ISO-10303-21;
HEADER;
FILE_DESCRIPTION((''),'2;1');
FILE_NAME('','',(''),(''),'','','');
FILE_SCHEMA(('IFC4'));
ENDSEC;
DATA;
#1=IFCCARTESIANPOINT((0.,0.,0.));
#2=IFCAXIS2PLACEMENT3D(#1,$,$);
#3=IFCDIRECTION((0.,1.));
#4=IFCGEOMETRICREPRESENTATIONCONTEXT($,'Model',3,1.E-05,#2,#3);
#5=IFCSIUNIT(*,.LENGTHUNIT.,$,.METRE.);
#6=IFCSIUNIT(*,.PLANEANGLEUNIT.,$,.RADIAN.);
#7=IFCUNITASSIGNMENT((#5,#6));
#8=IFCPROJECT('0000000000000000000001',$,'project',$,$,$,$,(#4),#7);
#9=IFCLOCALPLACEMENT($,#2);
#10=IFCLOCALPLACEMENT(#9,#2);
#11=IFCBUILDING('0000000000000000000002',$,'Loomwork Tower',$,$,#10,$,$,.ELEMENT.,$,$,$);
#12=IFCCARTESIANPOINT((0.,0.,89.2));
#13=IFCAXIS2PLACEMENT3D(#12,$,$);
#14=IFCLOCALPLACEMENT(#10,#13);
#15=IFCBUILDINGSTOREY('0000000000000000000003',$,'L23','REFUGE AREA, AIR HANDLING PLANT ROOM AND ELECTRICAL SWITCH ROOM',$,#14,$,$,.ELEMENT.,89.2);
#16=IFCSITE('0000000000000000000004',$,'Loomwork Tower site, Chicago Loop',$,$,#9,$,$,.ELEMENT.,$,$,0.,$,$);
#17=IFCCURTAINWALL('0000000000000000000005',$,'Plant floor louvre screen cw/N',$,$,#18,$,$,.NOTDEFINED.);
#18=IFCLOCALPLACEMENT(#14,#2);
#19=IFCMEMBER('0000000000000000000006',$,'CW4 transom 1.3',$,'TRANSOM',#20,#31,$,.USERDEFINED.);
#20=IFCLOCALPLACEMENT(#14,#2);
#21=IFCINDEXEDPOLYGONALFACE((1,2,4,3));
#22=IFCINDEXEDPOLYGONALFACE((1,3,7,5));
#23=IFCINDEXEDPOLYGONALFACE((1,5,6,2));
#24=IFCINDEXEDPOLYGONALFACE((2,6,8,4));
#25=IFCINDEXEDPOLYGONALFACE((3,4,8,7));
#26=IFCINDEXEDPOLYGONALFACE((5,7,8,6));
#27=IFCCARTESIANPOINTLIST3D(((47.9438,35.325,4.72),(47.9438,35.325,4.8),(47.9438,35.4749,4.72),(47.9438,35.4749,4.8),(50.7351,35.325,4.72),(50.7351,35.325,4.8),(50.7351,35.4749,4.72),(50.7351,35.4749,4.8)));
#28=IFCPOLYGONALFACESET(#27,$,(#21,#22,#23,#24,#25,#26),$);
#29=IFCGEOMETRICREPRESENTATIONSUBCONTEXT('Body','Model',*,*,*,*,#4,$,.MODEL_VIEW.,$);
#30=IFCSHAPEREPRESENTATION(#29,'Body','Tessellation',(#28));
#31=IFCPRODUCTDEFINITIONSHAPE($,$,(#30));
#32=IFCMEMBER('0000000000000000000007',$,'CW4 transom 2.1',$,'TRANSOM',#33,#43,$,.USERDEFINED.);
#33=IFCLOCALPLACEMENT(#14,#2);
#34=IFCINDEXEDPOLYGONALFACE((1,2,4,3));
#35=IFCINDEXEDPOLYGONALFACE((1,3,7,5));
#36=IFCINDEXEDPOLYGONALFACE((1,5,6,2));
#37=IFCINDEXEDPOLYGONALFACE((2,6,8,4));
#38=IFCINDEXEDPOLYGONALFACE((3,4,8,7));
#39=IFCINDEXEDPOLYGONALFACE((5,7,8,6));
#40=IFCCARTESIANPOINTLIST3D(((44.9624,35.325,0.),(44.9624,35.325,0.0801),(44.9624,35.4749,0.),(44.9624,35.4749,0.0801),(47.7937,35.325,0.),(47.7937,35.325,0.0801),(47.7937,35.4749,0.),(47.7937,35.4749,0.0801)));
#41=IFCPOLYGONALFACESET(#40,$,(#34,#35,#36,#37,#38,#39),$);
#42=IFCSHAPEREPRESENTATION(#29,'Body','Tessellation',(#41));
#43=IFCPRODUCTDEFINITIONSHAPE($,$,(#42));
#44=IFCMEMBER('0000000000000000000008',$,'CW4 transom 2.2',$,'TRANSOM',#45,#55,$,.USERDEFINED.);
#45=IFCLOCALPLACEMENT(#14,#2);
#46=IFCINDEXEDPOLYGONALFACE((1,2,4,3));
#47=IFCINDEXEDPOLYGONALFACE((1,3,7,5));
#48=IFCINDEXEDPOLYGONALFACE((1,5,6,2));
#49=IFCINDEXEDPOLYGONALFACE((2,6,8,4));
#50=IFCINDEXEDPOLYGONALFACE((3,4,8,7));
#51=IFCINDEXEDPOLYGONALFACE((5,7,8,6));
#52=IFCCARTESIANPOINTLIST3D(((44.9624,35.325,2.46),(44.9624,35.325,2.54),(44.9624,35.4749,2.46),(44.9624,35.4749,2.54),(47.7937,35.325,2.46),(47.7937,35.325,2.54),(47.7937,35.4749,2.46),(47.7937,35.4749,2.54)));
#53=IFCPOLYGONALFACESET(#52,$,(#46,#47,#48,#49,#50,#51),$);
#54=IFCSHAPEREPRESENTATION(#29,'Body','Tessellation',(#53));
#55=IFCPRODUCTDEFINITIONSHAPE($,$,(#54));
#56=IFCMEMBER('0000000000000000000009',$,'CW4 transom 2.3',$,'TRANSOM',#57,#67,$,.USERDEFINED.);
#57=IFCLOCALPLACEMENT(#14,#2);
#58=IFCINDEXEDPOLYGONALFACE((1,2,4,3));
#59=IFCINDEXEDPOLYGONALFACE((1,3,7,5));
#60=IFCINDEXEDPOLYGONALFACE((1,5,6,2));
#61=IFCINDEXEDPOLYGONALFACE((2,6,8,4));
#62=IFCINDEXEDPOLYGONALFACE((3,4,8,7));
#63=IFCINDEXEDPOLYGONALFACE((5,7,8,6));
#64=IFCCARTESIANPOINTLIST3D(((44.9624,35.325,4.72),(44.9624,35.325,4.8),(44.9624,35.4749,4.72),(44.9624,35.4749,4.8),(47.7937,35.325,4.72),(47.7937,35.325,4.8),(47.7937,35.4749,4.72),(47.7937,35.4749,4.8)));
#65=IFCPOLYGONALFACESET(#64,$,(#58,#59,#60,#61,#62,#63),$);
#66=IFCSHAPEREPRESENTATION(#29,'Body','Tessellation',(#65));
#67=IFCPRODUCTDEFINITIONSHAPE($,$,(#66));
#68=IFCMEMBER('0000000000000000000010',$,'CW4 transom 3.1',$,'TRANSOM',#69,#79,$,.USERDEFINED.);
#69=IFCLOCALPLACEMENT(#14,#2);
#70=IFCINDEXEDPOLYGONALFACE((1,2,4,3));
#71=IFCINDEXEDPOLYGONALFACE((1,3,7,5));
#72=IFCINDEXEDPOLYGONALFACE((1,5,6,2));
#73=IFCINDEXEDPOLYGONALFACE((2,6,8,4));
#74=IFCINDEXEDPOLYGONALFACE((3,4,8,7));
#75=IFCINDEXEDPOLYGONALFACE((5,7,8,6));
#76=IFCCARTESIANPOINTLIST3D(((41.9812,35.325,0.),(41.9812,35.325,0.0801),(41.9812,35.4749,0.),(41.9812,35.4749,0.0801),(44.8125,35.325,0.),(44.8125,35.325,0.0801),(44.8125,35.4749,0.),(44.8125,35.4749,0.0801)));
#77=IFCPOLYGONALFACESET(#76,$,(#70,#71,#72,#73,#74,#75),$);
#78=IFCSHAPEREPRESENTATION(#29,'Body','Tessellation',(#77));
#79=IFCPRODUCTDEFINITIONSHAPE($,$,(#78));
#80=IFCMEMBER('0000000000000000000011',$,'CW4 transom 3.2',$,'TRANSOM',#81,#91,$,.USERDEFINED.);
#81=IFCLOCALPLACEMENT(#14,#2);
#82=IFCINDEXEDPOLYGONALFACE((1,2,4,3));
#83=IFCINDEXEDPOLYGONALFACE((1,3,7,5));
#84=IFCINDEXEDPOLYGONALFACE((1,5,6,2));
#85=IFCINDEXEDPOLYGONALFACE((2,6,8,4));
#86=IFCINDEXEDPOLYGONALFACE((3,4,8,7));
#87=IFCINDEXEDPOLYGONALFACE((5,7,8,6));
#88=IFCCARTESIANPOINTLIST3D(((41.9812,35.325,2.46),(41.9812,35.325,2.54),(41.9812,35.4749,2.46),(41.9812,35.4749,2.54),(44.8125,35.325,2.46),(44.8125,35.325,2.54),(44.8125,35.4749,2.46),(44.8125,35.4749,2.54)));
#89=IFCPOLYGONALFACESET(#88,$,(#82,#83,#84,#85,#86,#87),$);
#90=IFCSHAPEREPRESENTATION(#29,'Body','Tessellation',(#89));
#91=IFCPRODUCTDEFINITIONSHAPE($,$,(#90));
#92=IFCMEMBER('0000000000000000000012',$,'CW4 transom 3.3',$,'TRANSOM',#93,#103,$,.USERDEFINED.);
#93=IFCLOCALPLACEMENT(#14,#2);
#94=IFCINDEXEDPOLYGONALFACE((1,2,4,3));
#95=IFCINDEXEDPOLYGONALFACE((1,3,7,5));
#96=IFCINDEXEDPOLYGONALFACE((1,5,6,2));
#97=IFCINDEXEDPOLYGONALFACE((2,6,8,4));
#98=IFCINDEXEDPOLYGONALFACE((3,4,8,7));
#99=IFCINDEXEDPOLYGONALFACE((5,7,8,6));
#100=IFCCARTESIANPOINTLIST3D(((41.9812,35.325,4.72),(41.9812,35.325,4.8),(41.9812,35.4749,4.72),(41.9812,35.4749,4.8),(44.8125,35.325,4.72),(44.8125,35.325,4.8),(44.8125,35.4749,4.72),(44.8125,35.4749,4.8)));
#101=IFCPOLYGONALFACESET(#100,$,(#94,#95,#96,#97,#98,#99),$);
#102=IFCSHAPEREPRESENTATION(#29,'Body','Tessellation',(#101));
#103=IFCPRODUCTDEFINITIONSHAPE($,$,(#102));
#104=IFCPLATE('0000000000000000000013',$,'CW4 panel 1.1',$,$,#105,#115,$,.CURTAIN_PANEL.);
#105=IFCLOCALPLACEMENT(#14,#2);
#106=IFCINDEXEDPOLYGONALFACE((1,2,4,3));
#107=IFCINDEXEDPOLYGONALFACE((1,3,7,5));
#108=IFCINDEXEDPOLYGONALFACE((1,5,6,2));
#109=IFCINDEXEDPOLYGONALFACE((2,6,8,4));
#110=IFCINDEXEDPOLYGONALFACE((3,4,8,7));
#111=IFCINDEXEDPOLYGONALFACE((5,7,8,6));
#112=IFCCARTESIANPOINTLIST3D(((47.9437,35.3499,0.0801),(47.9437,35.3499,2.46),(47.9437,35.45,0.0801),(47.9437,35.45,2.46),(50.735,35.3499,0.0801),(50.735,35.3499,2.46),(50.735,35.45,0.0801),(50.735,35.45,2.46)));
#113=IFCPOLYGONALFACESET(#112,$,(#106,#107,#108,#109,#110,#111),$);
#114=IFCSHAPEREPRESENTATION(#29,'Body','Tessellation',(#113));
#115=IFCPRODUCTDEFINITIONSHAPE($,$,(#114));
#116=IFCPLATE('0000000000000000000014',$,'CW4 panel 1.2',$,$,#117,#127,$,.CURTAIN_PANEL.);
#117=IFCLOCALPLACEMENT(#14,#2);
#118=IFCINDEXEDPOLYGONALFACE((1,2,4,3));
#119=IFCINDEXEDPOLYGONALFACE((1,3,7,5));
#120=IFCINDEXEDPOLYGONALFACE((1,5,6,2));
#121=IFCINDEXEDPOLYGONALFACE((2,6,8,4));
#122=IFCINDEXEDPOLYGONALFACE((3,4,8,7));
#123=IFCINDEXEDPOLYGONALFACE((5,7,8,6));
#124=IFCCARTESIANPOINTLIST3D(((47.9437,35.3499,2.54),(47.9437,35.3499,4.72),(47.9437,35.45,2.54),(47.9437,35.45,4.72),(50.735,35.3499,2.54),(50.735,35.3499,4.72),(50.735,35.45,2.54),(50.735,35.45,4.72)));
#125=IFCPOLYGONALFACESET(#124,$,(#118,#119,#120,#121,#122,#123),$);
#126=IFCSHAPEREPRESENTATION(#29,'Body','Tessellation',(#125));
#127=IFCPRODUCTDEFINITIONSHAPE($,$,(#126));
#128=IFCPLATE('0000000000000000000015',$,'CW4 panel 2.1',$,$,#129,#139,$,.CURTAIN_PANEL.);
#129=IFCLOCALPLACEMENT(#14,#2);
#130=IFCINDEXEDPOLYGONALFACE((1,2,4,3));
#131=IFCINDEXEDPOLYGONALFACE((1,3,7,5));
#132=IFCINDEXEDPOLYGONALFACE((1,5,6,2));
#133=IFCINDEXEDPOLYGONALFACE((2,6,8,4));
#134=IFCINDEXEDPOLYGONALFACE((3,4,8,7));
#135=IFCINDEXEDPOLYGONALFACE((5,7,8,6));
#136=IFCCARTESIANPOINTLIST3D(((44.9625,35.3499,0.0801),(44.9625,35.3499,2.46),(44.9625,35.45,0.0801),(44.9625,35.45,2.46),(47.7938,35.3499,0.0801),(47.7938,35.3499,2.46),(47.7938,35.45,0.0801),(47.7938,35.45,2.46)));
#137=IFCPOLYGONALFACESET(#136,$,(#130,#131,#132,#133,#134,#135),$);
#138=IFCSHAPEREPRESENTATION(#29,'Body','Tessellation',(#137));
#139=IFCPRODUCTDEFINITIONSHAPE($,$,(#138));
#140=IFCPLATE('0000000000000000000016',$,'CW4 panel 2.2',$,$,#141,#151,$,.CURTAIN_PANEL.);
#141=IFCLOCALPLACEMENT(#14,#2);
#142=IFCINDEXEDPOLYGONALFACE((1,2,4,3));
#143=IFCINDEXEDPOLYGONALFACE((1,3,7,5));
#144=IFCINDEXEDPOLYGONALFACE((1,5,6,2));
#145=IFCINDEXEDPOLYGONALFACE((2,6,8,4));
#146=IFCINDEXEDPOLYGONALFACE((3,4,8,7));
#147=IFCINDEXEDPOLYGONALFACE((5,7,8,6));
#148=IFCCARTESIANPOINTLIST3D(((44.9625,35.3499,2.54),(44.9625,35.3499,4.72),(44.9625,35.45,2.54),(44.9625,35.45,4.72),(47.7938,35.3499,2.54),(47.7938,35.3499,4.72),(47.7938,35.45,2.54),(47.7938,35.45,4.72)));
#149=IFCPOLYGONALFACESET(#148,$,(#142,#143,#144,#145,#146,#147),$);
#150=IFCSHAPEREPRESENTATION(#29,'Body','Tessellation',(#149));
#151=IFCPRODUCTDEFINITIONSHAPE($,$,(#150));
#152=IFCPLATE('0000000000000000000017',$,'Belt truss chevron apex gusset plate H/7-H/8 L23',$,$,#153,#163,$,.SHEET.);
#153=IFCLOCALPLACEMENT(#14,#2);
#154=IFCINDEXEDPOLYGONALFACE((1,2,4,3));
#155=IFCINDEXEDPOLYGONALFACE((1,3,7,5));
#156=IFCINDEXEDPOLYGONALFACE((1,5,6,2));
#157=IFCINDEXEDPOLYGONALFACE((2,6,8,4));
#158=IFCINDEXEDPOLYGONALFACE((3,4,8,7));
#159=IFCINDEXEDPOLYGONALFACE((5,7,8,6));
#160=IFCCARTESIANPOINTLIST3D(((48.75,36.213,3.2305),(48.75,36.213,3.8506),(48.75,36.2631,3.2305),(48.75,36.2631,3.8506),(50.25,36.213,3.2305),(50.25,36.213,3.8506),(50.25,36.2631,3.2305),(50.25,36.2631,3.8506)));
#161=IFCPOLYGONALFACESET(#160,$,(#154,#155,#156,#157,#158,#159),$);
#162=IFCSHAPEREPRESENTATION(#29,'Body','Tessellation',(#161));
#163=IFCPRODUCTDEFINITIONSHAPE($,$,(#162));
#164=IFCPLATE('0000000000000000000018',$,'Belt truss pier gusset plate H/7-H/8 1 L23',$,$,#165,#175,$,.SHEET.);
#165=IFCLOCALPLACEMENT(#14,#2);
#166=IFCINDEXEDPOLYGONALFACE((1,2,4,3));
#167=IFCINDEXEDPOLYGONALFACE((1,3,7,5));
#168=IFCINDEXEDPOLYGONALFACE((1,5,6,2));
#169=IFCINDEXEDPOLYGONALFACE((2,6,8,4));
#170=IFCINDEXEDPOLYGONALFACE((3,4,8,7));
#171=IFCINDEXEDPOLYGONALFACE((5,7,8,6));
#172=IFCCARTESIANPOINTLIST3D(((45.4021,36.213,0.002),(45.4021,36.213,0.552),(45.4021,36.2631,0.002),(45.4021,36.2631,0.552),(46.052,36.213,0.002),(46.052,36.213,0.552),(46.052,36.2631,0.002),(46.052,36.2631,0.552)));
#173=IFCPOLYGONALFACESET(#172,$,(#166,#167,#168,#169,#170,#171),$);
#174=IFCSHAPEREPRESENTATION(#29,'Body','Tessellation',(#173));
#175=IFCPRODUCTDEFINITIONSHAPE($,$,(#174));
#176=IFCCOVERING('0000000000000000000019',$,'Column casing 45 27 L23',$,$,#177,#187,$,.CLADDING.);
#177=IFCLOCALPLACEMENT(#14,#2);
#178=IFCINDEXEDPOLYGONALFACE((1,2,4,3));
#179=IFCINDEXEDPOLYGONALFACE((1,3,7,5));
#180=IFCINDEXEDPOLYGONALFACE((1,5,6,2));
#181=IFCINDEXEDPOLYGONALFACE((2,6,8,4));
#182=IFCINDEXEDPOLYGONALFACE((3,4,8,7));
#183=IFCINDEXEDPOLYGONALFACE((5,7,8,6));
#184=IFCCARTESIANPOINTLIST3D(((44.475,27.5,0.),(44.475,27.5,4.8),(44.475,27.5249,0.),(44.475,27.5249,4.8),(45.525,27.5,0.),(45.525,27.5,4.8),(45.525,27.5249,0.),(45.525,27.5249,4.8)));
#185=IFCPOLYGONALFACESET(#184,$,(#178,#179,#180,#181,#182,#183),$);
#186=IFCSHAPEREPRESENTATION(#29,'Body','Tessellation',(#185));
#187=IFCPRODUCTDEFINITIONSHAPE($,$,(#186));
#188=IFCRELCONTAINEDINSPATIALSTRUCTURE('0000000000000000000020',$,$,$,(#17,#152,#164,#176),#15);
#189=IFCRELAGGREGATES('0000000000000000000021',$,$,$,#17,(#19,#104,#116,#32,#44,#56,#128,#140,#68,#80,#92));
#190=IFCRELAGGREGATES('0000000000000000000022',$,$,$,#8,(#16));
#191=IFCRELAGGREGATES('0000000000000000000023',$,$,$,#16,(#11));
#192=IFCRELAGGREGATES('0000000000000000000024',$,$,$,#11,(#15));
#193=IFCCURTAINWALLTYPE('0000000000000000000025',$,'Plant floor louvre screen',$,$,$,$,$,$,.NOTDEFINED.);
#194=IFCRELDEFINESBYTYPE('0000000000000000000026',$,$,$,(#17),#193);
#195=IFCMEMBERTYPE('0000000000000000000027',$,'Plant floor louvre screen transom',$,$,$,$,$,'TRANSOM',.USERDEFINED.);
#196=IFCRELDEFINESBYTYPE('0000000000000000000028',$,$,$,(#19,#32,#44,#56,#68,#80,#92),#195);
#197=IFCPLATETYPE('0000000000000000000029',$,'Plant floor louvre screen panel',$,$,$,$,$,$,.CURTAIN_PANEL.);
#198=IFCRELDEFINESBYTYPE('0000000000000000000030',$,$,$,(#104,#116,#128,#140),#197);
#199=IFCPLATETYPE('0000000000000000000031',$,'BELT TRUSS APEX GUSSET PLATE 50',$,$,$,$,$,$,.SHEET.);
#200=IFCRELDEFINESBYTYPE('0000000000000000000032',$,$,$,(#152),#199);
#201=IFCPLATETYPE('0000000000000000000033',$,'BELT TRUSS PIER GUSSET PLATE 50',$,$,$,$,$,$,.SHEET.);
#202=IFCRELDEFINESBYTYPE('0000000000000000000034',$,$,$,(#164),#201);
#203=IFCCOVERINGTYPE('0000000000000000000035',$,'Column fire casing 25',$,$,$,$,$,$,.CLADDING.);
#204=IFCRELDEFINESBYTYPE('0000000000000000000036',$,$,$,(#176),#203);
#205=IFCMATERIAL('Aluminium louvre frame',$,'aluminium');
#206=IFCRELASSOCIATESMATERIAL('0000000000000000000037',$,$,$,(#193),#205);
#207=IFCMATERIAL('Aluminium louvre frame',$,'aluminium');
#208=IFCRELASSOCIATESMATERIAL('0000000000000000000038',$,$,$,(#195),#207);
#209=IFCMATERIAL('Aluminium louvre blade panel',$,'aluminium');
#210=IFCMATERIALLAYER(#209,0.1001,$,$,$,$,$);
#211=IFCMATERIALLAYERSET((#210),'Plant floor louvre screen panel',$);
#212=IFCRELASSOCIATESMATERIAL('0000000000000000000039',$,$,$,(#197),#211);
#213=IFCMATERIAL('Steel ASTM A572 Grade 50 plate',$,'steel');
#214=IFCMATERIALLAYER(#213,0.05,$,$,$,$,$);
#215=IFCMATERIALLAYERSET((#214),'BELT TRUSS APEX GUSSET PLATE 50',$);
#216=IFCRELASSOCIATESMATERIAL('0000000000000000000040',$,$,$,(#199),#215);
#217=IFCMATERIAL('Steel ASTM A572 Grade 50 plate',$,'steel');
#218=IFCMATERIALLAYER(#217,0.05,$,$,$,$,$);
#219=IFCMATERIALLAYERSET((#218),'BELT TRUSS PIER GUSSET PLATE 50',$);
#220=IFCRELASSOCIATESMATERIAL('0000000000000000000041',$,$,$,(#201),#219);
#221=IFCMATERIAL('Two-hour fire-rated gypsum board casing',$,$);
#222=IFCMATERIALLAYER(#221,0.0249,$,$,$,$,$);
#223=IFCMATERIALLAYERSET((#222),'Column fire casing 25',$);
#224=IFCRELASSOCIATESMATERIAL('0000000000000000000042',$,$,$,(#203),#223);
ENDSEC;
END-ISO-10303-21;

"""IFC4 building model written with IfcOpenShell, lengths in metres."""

from ifc_helpers import new_model, si_unit, direction, frame, origin, origin_2d, place, context, subcontext, project, spatial, rectangle, extrude, material, layer, layer_set, material_profile, profile_set, type_object, element, aggregate, save


model = new_model("IFC4")

# Units and contexts
model_context = context("Model", 3, precision=1e-05, world=origin(), true_north=direction((0.0, 1.0)))
body_context = subcontext(model_context, "Body", "Model", "MODEL_VIEW")
ifc_project = project(units=[si_unit("LENGTHUNIT", "METRE"), si_unit("PLANEANGLEUNIT", "RADIAN")], contexts=[model_context])

# Site, building, storey
site_placement = place(None, origin())
site = spatial("IfcSite", under=ifc_project, at=site_placement, Name="Loomwork Tower site, Chicago Loop", CompositionType="ELEMENT", RefElevation=0.0)
building_placement = place(site_placement, origin())
building = spatial("IfcBuilding", under=site, at=building_placement, Name="Loomwork Tower", CompositionType="ELEMENT")
storey_placement = place(building_placement, frame((0.0, 0.0, 89.2)))
storey = spatial("IfcBuildingStorey", under=building, at=storey_placement, Name="L23", Description="REFUGE AREA, AIR HANDLING PLANT ROOM AND ELECTRICAL SWITCH ROOM", CompositionType="ELEMENT", Elevation=89.2)

# Curtain wall, members, plates
ifc_material_1 = material(Name="Aluminium louvre frame", Category="aluminium")
curtain_wall_type = type_object("IfcCurtainWallType", Name="Plant floor louvre screen", PredefinedType="NOTDEFINED", material=ifc_material_1)
curtain_wall_placement = place(storey_placement, origin())
curtain_wall = element("IfcCurtainWall", 1, at=curtain_wall_placement, inside=storey, type_object=curtain_wall_type, Name="Plant floor louvre screen cw/N", PredefinedType="NOTDEFINED")
ifc_material_2 = material(Name="Aluminium louvre frame", Category="aluminium")
ifc_material_profile_1 = material_profile(ifc_material_2, rectangle(XDim=0.1499, YDim=0.0801, at=origin_2d()), Name="AL 80x150")
ifc_profile_set_1 = profile_set([ifc_material_profile_1], Name="Aluminium louvre frame")
member_type_1 = type_object("IfcMemberType", Name="Plant floor louvre screen transom", ElementType="TRANSOM", PredefinedType="USERDEFINED", material=ifc_profile_set_1)
member_1_placement = place(storey_placement, frame((50.7351, 35.3999, 4.76), z_axis=(-1.0, 0.0, 0.0), x_axis=(0.0, -1.0, 0.0)))
member_1 = element("IfcMember", 2, at=member_1_placement, type_object=member_type_1, Name="CW4 transom 1.3", ObjectType="TRANSOM", PredefinedType="USERDEFINED", context=body_context, shape_type="SweptSolid", body=[
    extrude(rectangle(XDim=0.1499, YDim=0.0801, at=origin_2d()), origin(), (0.0, 0.0, 1.0), 2.7913),
])
member_2_placement = place(storey_placement, frame((47.7937, 35.3999, 0.04), z_axis=(-1.0, 0.0, 0.0), x_axis=(0.0, -1.0, 0.0)))
member_2 = element("IfcMember", 3, at=member_2_placement, type_object=member_type_1, Name="CW4 transom 2.1", ObjectType="TRANSOM", PredefinedType="USERDEFINED", context=body_context, shape_type="SweptSolid", body=[
    extrude(rectangle(XDim=0.1499, YDim=0.0801, at=origin_2d()), origin(), (0.0, 0.0, 1.0), 2.8313),
])
member_3_placement = place(storey_placement, frame((47.7937, 35.3999, 2.5), z_axis=(-1.0, 0.0, 0.0), x_axis=(0.0, -1.0, 0.0)))
member_3 = element("IfcMember", 4, at=member_3_placement, type_object=member_type_1, Name="CW4 transom 2.2", ObjectType="TRANSOM", PredefinedType="USERDEFINED", context=body_context, shape_type="SweptSolid", body=[
    extrude(rectangle(XDim=0.1499, YDim=0.0801, at=origin_2d()), origin(), (0.0, 0.0, 1.0), 2.8313),
])
member_4_placement = place(storey_placement, frame((47.7937, 35.3999, 4.76), z_axis=(-1.0, 0.0, 0.0), x_axis=(0.0, -1.0, 0.0)))
member_4 = element("IfcMember", 5, at=member_4_placement, type_object=member_type_1, Name="CW4 transom 2.3", ObjectType="TRANSOM", PredefinedType="USERDEFINED", context=body_context, shape_type="SweptSolid", body=[
    extrude(rectangle(XDim=0.1499, YDim=0.0801, at=origin_2d()), origin(), (0.0, 0.0, 1.0), 2.8313),
])
member_5_placement = place(storey_placement, frame((44.8125, 35.3999, 0.04), z_axis=(-1.0, 0.0, 0.0), x_axis=(0.0, -1.0, 0.0)))
member_5 = element("IfcMember", 6, at=member_5_placement, type_object=member_type_1, Name="CW4 transom 3.1", ObjectType="TRANSOM", PredefinedType="USERDEFINED", context=body_context, shape_type="SweptSolid", body=[
    extrude(rectangle(XDim=0.1499, YDim=0.0801, at=origin_2d()), origin(), (0.0, 0.0, 1.0), 2.8313),
])
member_6_placement = place(storey_placement, frame((44.8125, 35.3999, 2.5), z_axis=(-1.0, 0.0, 0.0), x_axis=(0.0, -1.0, 0.0)))
member_6 = element("IfcMember", 7, at=member_6_placement, type_object=member_type_1, Name="CW4 transom 3.2", ObjectType="TRANSOM", PredefinedType="USERDEFINED", context=body_context, shape_type="SweptSolid", body=[
    extrude(rectangle(XDim=0.1499, YDim=0.0801, at=origin_2d()), origin(), (0.0, 0.0, 1.0), 2.8313),
])
member_7_placement = place(storey_placement, frame((44.8125, 35.3999, 4.76), z_axis=(-1.0, 0.0, 0.0), x_axis=(0.0, -1.0, 0.0)))
member_7 = element("IfcMember", 8, at=member_7_placement, type_object=member_type_1, Name="CW4 transom 3.3", ObjectType="TRANSOM", PredefinedType="USERDEFINED", context=body_context, shape_type="SweptSolid", body=[
    extrude(rectangle(XDim=0.1499, YDim=0.0801, at=origin_2d()), origin(), (0.0, 0.0, 1.0), 2.8313),
])
ifc_material_3 = material(Name="Aluminium louvre blade panel", Category="aluminium")
ifc_layer_1 = layer(ifc_material_3, 0.1001)
ifc_layer_set_1 = layer_set([ifc_layer_1], Name="Plant floor louvre screen panel")
plate_type_1 = type_object("IfcPlateType", Name="Plant floor louvre screen panel", PredefinedType="CURTAIN_PANEL", material=ifc_layer_set_1)
plate_1_placement = place(storey_placement, frame((49.3394, 35.3999, 0.0801), z_axis=(0.0, 0.0, 1.0), x_axis=(-1.0, 0.0, 0.0)))
plate_1 = element("IfcPlate", 9, at=plate_1_placement, type_object=plate_type_1, Name="CW4 panel 1.1", PredefinedType="CURTAIN_PANEL", context=body_context, shape_type="SweptSolid", body=[
    extrude(rectangle(XDim=2.7913, YDim=0.1001, at=origin_2d()), origin(), (0.0, 0.0, 1.0), 2.3799),
])
plate_2_placement = place(storey_placement, frame((49.3394, 35.3999, 2.54), z_axis=(0.0, 0.0, 1.0), x_axis=(-1.0, 0.0, 0.0)))
plate_2 = element("IfcPlate", 10, at=plate_2_placement, type_object=plate_type_1, Name="CW4 panel 1.2", PredefinedType="CURTAIN_PANEL", context=body_context, shape_type="SweptSolid", body=[
    extrude(rectangle(XDim=2.7913, YDim=0.1001, at=origin_2d()), origin(), (0.0, 0.0, 1.0), 2.1799),
])
plate_3_placement = place(storey_placement, frame((46.3782, 35.3999, 0.0801), z_axis=(0.0, 0.0, 1.0), x_axis=(-1.0, 0.0, 0.0)))
plate_3 = element("IfcPlate", 11, at=plate_3_placement, type_object=plate_type_1, Name="CW4 panel 2.1", PredefinedType="CURTAIN_PANEL", context=body_context, shape_type="SweptSolid", body=[
    extrude(rectangle(XDim=2.8313, YDim=0.1001, at=origin_2d()), origin(), (0.0, 0.0, 1.0), 2.3799),
])
plate_4_placement = place(storey_placement, frame((46.3782, 35.3999, 2.54), z_axis=(0.0, 0.0, 1.0), x_axis=(-1.0, 0.0, 0.0)))
plate_4 = element("IfcPlate", 12, at=plate_4_placement, type_object=plate_type_1, Name="CW4 panel 2.2", PredefinedType="CURTAIN_PANEL", context=body_context, shape_type="SweptSolid", body=[
    extrude(rectangle(XDim=2.8313, YDim=0.1001, at=origin_2d()), origin(), (0.0, 0.0, 1.0), 2.1799),
])
aggregate(curtain_wall, [member_1, plate_1, plate_2, member_2, member_3, member_4, plate_3, plate_4, member_5, member_6, member_7])

# Plates
ifc_material_4 = material(Name="Steel ASTM A572 Grade 50 plate", Category="steel")
ifc_layer_2 = layer(ifc_material_4, 0.05)
ifc_layer_set_2 = layer_set([ifc_layer_2], Name="BELT TRUSS APEX GUSSET PLATE 50")
plate_type_2 = type_object("IfcPlateType", Name="BELT TRUSS APEX GUSSET PLATE 50", PredefinedType="SHEET", material=ifc_layer_set_2)
plate_5_placement = place(storey_placement, frame((49.5, 36.238, 3.2305), z_axis=(0.0, 0.0, 1.0), x_axis=(1.0, 0.0, 0.0)))
element("IfcPlate", 13, at=plate_5_placement, inside=storey, type_object=plate_type_2, Name="Belt truss chevron apex gusset plate H/7-H/8 L23", PredefinedType="SHEET", context=body_context, shape_type="SweptSolid", body=[
    extrude(rectangle(XDim=1.5, YDim=0.05, at=origin_2d()), origin(), (0.0, 0.0, 1.0), 0.6201),
])
ifc_material_5 = material(Name="Steel ASTM A572 Grade 50 plate", Category="steel")
ifc_layer_3 = layer(ifc_material_5, 0.05)
ifc_layer_set_3 = layer_set([ifc_layer_3], Name="BELT TRUSS PIER GUSSET PLATE 50")
plate_type_3 = type_object("IfcPlateType", Name="BELT TRUSS PIER GUSSET PLATE 50", PredefinedType="SHEET", material=ifc_layer_set_3)
plate_6_placement = place(storey_placement, frame((45.7271, 36.238, 0.002), z_axis=(0.0, 0.0, 1.0), x_axis=(1.0, 0.0, 0.0)))
element("IfcPlate", 14, at=plate_6_placement, inside=storey, type_object=plate_type_3, Name="Belt truss pier gusset plate H/7-H/8 1 L23", PredefinedType="SHEET", context=body_context, shape_type="SweptSolid", body=[
    extrude(rectangle(XDim=0.6499, YDim=0.05, at=origin_2d()), origin(), (0.0, 0.0, 1.0), 0.55),
])

# Covering
ifc_material_6 = material(Name="Two-hour fire-rated gypsum board casing")
ifc_layer_4 = layer(ifc_material_6, 0.0249)
ifc_layer_set_4 = layer_set([ifc_layer_4], Name="Column fire casing 25")
covering_type_1 = type_object("IfcCoveringType", Name="Column fire casing 25", PredefinedType="CLADDING", material=ifc_layer_set_4)
covering_1_placement = place(storey_placement, frame((45.0, 27.5125, 0.0), z_axis=(0.0, 0.0, 1.0), x_axis=(1.0, 0.0, 0.0)))
element("IfcCovering", 15, at=covering_1_placement, inside=storey, type_object=covering_type_1, Name="Column casing 45 27 L23", PredefinedType="CLADDING", context=body_context, shape_type="SweptSolid", body=[
    extrude(rectangle(XDim=1.05, YDim=0.0249, at=origin_2d()), origin(), (0.0, 0.0, 1.0), 4.8),
])

save(model, "model.ifc")
